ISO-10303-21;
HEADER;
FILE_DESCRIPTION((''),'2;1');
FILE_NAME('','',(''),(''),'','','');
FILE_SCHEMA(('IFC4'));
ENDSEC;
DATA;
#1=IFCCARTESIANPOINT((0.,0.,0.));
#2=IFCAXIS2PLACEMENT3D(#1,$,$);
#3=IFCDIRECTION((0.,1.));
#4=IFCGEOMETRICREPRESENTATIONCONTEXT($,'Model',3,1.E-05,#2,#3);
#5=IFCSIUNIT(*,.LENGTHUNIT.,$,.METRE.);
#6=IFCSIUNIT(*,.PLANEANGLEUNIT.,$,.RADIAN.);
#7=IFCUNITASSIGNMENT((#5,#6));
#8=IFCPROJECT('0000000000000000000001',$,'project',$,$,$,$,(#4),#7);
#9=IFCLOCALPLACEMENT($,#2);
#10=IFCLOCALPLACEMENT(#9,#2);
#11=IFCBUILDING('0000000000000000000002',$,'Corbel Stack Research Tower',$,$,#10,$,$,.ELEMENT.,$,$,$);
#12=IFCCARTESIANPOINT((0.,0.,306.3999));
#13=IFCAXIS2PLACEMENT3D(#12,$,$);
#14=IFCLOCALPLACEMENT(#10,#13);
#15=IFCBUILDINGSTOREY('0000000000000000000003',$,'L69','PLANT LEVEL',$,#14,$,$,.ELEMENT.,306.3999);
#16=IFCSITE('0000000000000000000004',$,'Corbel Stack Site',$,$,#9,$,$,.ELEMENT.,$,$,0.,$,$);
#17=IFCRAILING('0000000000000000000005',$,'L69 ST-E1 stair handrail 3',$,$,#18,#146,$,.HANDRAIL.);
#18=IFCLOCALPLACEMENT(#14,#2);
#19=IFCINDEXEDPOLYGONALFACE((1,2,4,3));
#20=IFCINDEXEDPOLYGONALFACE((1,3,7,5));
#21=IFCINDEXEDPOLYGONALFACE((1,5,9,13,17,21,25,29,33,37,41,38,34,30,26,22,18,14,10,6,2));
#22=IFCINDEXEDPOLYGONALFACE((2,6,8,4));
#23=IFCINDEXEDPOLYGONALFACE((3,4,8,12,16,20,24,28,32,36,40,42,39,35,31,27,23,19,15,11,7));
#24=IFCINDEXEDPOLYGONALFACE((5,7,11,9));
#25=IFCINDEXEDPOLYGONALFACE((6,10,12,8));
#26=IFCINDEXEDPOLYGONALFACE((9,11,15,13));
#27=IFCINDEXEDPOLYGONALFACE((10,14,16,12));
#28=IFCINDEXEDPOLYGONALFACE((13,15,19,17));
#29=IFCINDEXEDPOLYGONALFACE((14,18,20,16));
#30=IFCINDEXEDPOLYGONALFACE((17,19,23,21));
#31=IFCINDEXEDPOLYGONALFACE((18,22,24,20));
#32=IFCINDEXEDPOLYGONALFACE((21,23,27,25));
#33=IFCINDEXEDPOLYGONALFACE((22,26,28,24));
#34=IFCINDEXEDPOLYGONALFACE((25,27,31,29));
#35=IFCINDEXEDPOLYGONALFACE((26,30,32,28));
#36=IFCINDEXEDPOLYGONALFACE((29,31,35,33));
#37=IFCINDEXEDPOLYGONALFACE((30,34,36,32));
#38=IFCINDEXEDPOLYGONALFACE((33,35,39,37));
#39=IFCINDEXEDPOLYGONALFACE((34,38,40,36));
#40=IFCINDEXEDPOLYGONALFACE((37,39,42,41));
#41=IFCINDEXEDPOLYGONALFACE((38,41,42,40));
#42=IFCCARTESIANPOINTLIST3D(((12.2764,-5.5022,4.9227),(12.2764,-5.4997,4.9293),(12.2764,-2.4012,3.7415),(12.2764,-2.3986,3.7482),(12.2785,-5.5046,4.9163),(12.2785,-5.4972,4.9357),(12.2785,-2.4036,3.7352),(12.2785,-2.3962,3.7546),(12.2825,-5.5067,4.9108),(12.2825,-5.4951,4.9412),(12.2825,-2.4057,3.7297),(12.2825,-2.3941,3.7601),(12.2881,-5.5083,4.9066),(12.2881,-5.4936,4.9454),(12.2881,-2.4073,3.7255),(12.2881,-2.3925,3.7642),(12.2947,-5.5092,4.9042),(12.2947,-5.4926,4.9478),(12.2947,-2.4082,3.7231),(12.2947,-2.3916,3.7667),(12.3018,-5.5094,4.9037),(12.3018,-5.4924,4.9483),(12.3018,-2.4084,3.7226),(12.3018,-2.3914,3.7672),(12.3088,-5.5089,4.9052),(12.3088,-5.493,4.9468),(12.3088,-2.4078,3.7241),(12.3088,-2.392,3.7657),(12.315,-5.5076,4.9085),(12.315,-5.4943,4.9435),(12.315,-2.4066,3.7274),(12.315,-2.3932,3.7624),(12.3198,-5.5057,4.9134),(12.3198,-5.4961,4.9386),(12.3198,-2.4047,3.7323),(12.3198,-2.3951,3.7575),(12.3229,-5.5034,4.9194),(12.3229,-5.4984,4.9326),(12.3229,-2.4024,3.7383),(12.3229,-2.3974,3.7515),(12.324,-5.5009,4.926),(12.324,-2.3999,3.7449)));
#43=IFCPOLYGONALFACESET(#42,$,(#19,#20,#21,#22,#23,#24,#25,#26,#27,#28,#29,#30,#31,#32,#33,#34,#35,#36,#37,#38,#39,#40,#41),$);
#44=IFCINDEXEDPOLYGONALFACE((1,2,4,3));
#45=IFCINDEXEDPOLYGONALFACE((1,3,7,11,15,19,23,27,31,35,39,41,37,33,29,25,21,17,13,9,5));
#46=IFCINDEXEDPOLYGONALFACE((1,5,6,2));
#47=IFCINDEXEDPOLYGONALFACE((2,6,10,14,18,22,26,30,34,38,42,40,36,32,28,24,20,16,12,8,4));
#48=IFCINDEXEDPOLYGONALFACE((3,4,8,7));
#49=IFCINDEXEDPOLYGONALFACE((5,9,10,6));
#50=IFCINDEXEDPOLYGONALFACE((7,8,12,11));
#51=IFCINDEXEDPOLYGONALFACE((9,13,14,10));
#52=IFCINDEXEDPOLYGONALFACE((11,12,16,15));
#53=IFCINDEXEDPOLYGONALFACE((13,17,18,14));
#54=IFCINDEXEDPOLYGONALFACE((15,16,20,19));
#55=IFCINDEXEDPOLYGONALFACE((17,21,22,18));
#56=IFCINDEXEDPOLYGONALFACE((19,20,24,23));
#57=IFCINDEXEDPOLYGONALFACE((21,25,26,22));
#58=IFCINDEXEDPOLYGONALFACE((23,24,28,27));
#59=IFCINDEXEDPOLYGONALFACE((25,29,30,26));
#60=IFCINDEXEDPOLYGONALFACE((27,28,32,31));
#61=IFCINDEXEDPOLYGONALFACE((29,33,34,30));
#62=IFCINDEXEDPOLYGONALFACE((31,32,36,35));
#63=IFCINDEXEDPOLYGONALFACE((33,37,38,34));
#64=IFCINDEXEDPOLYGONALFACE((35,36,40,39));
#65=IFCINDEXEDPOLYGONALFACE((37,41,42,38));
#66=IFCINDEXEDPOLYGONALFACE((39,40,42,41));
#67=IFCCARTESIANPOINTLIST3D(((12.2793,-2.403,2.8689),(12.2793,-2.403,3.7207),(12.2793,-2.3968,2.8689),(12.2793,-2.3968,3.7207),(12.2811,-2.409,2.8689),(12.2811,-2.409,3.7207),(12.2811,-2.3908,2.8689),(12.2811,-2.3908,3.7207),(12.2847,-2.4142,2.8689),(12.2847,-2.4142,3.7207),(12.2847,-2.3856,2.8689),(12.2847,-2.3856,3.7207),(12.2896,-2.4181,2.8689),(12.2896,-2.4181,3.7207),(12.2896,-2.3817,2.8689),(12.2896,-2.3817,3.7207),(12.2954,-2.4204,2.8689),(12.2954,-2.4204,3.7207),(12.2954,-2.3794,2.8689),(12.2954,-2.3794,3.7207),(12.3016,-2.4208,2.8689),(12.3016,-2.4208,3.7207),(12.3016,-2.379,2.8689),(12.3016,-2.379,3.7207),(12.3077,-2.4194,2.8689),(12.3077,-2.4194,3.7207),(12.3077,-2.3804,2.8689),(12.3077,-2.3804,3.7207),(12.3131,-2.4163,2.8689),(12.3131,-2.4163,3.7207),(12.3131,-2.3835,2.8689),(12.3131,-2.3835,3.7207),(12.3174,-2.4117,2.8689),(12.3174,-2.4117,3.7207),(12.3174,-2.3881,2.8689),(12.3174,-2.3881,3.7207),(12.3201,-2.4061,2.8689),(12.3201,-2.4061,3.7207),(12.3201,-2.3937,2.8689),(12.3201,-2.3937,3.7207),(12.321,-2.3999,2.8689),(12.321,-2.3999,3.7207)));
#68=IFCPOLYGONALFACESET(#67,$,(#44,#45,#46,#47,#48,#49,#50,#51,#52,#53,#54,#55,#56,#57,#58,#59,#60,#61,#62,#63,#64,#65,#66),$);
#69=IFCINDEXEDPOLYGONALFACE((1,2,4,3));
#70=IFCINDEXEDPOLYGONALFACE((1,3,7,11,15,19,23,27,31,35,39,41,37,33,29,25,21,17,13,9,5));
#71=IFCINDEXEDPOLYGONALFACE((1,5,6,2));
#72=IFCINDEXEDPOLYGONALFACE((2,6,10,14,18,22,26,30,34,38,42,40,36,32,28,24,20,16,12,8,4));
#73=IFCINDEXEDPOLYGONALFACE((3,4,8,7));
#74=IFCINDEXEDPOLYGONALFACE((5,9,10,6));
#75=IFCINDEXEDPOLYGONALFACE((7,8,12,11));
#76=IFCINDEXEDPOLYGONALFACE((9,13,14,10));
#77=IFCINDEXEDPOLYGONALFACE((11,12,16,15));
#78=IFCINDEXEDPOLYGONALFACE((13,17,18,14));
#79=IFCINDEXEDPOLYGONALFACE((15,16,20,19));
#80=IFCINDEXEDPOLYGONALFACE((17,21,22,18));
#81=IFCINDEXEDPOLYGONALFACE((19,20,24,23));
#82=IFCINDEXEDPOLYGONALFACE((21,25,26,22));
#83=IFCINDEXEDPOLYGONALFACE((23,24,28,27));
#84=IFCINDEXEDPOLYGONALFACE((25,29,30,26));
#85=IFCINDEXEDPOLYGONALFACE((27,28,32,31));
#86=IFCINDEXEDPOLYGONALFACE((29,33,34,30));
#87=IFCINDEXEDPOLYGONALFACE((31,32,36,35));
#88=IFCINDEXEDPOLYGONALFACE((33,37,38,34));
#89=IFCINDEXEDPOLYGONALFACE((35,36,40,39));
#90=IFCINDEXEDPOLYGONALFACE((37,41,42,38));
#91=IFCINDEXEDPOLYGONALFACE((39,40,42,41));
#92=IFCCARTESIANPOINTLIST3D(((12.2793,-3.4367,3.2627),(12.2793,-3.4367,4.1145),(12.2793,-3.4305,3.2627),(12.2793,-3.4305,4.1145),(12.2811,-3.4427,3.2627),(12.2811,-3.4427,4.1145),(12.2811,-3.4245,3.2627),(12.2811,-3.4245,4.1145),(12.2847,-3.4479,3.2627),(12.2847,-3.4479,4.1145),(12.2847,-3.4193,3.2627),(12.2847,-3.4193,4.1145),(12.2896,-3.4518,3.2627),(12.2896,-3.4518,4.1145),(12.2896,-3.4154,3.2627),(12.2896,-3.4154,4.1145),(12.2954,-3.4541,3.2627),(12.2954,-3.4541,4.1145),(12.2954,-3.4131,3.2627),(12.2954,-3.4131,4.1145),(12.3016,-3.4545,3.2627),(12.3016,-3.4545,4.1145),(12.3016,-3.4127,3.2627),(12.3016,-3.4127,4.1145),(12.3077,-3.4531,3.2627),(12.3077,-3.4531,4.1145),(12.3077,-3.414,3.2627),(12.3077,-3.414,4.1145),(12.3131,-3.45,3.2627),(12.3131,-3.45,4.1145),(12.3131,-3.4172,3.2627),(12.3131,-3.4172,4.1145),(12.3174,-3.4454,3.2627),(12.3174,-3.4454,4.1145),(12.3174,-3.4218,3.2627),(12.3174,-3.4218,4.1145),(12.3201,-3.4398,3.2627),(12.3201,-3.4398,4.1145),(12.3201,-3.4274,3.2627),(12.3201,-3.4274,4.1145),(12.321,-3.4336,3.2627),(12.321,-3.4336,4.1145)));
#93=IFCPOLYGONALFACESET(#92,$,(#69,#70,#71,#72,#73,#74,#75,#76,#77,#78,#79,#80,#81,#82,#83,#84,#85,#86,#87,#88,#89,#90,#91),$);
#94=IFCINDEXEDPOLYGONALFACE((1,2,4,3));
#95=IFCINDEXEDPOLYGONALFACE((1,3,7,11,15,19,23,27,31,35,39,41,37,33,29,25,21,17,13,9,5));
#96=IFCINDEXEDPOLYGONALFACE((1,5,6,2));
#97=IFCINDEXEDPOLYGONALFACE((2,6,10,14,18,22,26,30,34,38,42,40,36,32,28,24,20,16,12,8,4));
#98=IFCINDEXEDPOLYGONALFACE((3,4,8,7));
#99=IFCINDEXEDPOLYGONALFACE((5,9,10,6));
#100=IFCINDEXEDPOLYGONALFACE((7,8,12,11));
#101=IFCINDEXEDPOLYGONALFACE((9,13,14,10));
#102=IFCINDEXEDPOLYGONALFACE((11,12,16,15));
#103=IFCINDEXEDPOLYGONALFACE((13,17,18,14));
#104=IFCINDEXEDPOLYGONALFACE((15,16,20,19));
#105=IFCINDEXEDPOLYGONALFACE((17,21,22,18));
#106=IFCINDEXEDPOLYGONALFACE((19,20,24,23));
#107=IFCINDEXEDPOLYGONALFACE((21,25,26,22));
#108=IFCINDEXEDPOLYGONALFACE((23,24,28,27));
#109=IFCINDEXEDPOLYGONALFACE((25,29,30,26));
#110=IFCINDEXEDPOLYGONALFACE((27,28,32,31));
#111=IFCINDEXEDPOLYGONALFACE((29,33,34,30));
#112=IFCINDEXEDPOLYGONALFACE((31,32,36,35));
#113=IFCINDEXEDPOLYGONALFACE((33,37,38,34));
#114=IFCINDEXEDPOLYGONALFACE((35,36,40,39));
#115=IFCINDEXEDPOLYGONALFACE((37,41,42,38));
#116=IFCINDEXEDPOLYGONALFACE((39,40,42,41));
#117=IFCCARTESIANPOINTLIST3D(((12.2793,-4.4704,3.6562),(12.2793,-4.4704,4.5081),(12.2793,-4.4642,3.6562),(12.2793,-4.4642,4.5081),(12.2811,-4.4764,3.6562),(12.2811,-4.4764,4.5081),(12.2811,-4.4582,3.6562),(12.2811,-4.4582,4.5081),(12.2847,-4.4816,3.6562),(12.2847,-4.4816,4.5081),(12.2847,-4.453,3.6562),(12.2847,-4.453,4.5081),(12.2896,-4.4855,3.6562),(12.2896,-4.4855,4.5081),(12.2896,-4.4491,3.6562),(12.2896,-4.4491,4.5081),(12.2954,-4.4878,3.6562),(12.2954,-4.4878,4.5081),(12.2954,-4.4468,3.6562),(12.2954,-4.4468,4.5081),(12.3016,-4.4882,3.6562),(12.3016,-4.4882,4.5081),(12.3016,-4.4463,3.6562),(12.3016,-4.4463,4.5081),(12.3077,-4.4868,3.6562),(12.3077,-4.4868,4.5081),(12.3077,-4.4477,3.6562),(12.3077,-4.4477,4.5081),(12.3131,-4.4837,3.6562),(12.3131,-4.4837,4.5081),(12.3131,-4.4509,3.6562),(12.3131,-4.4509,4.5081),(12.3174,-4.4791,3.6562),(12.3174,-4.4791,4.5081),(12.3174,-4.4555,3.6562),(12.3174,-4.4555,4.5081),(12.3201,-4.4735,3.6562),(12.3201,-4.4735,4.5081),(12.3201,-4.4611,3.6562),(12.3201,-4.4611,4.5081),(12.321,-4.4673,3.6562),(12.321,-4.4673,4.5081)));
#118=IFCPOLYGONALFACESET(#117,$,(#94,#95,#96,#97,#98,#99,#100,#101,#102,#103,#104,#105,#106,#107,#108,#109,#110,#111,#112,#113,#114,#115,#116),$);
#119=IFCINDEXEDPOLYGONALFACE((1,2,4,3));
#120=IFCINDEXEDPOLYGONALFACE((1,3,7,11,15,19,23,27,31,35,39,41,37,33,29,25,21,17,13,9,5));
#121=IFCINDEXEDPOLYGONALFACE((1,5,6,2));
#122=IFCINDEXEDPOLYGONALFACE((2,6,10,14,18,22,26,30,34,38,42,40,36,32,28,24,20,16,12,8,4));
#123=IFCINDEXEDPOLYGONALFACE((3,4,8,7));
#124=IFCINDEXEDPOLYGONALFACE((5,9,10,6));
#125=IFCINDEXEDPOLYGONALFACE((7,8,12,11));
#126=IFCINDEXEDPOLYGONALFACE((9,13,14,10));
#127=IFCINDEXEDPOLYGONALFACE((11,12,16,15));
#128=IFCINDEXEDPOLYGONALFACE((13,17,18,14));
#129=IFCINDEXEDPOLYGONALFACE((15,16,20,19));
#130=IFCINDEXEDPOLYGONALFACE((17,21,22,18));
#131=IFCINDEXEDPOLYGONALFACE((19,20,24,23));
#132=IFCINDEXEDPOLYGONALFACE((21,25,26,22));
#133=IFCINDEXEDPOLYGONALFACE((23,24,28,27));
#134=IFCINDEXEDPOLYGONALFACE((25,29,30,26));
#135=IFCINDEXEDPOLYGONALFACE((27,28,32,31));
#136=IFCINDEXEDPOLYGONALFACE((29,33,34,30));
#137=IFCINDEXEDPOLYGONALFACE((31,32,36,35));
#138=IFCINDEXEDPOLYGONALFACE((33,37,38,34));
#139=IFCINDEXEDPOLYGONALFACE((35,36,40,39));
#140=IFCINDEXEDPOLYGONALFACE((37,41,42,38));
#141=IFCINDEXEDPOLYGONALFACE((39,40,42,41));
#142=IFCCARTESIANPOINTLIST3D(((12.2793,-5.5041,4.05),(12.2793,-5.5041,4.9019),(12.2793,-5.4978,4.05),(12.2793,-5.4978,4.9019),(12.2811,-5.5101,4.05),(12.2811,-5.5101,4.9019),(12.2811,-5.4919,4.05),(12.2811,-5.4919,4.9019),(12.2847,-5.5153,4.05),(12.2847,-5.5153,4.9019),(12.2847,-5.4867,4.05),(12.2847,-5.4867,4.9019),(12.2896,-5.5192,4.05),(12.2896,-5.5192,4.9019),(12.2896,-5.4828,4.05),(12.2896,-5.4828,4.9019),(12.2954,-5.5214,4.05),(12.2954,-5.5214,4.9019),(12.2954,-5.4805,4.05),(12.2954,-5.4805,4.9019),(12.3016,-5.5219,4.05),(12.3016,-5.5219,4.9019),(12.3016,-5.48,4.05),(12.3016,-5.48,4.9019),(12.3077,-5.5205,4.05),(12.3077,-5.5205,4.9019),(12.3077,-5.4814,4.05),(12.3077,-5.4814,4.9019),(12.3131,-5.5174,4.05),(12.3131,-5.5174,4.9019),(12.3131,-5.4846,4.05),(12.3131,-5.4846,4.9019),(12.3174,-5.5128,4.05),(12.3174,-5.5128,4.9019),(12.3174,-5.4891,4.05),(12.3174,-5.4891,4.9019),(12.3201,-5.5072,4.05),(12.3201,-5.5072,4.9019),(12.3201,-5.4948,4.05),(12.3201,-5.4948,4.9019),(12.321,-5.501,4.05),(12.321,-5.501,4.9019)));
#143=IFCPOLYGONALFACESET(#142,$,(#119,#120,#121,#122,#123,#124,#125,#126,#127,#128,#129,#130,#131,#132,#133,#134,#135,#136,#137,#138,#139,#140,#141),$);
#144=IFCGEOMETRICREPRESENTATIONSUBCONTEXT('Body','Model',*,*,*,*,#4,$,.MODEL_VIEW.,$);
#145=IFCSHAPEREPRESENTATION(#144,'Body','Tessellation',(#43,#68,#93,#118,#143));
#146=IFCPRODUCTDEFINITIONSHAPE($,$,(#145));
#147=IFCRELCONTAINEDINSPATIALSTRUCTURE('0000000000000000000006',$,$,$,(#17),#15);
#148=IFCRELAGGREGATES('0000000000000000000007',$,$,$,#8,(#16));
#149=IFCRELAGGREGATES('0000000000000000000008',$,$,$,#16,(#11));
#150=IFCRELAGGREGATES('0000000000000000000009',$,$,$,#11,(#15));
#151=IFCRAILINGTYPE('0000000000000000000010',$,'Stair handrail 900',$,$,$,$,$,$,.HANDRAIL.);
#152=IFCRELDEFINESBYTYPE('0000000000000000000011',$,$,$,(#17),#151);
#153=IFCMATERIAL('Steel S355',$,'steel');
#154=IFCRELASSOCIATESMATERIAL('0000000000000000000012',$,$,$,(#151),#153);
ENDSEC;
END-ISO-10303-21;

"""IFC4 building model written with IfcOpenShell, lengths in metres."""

from ifc_helpers import new_model, si_unit, direction, frame, origin, origin_2d, place, context, subcontext, project, spatial, circle, extrude, material, type_object, element, save


model = new_model("IFC4")

# Units and contexts
model_context = context("Model", 3, precision=1e-05, world=origin(), true_north=direction((0.0, 1.0)))
body_context = subcontext(model_context, "Body", "Model", "MODEL_VIEW")
ifc_project = project(units=[si_unit("LENGTHUNIT", "METRE"), si_unit("PLANEANGLEUNIT", "RADIAN")], contexts=[model_context])

# Site, building, storey
site_placement = place(None, origin())
site = spatial("IfcSite", under=ifc_project, at=site_placement, Name="Corbel Stack Site", CompositionType="ELEMENT", RefElevation=0.0)
building_placement = place(site_placement, origin())
building = spatial("IfcBuilding", under=site, at=building_placement, Name="Corbel Stack Research Tower", CompositionType="ELEMENT")
storey_placement = place(building_placement, frame((0.0, 0.0, 306.3999)))
storey = spatial("IfcBuildingStorey", under=building, at=storey_placement, Name="L69", Description="PLANT LEVEL", CompositionType="ELEMENT", Elevation=306.3999)

# Railing
ifc_material_1 = material(Name="Steel S355", Category="steel")
railing_type_1 = type_object("IfcRailingType", Name="Stair handrail 900", PredefinedType="HANDRAIL", material=ifc_material_1)
railing_1_placement = place(storey_placement, frame((12.3, -2.3999, 2.8689)))
element("IfcRailing", 1, at=railing_1_placement, inside=storey, type_object=railing_type_1, Name="L69 ST-E1 stair handrail 3", PredefinedType="HANDRAIL", context=body_context, shape_type="SweptSolid", body=[
    extrude(circle(Radius=0.0239, at=origin_2d()), frame((0.0, 0.0, 0.876), z_axis=(0.0, -0.934509, 0.35594), x_axis=(1.0, 0.0, 0.0)), (0.0, 0.0, 1.0), 3.3184),
    extrude(circle(Radius=0.021, at=origin_2d()), origin(), (0.0, 0.0, 1.0), 0.8518),
    extrude(circle(Radius=0.021, at=origin_2d()), frame((0.0, -1.0337, 0.3938)), (0.0, 0.0, 1.0), 0.8518),
    extrude(circle(Radius=0.021, at=origin_2d()), frame((0.0, -2.0674, 0.7874)), (0.0, 0.0, 1.0), 0.8518),
    extrude(circle(Radius=0.021, at=origin_2d()), frame((0.0, -3.1011, 1.1812)), (0.0, 0.0, 1.0), 0.8518),
])

save(model, "model.ifc")
